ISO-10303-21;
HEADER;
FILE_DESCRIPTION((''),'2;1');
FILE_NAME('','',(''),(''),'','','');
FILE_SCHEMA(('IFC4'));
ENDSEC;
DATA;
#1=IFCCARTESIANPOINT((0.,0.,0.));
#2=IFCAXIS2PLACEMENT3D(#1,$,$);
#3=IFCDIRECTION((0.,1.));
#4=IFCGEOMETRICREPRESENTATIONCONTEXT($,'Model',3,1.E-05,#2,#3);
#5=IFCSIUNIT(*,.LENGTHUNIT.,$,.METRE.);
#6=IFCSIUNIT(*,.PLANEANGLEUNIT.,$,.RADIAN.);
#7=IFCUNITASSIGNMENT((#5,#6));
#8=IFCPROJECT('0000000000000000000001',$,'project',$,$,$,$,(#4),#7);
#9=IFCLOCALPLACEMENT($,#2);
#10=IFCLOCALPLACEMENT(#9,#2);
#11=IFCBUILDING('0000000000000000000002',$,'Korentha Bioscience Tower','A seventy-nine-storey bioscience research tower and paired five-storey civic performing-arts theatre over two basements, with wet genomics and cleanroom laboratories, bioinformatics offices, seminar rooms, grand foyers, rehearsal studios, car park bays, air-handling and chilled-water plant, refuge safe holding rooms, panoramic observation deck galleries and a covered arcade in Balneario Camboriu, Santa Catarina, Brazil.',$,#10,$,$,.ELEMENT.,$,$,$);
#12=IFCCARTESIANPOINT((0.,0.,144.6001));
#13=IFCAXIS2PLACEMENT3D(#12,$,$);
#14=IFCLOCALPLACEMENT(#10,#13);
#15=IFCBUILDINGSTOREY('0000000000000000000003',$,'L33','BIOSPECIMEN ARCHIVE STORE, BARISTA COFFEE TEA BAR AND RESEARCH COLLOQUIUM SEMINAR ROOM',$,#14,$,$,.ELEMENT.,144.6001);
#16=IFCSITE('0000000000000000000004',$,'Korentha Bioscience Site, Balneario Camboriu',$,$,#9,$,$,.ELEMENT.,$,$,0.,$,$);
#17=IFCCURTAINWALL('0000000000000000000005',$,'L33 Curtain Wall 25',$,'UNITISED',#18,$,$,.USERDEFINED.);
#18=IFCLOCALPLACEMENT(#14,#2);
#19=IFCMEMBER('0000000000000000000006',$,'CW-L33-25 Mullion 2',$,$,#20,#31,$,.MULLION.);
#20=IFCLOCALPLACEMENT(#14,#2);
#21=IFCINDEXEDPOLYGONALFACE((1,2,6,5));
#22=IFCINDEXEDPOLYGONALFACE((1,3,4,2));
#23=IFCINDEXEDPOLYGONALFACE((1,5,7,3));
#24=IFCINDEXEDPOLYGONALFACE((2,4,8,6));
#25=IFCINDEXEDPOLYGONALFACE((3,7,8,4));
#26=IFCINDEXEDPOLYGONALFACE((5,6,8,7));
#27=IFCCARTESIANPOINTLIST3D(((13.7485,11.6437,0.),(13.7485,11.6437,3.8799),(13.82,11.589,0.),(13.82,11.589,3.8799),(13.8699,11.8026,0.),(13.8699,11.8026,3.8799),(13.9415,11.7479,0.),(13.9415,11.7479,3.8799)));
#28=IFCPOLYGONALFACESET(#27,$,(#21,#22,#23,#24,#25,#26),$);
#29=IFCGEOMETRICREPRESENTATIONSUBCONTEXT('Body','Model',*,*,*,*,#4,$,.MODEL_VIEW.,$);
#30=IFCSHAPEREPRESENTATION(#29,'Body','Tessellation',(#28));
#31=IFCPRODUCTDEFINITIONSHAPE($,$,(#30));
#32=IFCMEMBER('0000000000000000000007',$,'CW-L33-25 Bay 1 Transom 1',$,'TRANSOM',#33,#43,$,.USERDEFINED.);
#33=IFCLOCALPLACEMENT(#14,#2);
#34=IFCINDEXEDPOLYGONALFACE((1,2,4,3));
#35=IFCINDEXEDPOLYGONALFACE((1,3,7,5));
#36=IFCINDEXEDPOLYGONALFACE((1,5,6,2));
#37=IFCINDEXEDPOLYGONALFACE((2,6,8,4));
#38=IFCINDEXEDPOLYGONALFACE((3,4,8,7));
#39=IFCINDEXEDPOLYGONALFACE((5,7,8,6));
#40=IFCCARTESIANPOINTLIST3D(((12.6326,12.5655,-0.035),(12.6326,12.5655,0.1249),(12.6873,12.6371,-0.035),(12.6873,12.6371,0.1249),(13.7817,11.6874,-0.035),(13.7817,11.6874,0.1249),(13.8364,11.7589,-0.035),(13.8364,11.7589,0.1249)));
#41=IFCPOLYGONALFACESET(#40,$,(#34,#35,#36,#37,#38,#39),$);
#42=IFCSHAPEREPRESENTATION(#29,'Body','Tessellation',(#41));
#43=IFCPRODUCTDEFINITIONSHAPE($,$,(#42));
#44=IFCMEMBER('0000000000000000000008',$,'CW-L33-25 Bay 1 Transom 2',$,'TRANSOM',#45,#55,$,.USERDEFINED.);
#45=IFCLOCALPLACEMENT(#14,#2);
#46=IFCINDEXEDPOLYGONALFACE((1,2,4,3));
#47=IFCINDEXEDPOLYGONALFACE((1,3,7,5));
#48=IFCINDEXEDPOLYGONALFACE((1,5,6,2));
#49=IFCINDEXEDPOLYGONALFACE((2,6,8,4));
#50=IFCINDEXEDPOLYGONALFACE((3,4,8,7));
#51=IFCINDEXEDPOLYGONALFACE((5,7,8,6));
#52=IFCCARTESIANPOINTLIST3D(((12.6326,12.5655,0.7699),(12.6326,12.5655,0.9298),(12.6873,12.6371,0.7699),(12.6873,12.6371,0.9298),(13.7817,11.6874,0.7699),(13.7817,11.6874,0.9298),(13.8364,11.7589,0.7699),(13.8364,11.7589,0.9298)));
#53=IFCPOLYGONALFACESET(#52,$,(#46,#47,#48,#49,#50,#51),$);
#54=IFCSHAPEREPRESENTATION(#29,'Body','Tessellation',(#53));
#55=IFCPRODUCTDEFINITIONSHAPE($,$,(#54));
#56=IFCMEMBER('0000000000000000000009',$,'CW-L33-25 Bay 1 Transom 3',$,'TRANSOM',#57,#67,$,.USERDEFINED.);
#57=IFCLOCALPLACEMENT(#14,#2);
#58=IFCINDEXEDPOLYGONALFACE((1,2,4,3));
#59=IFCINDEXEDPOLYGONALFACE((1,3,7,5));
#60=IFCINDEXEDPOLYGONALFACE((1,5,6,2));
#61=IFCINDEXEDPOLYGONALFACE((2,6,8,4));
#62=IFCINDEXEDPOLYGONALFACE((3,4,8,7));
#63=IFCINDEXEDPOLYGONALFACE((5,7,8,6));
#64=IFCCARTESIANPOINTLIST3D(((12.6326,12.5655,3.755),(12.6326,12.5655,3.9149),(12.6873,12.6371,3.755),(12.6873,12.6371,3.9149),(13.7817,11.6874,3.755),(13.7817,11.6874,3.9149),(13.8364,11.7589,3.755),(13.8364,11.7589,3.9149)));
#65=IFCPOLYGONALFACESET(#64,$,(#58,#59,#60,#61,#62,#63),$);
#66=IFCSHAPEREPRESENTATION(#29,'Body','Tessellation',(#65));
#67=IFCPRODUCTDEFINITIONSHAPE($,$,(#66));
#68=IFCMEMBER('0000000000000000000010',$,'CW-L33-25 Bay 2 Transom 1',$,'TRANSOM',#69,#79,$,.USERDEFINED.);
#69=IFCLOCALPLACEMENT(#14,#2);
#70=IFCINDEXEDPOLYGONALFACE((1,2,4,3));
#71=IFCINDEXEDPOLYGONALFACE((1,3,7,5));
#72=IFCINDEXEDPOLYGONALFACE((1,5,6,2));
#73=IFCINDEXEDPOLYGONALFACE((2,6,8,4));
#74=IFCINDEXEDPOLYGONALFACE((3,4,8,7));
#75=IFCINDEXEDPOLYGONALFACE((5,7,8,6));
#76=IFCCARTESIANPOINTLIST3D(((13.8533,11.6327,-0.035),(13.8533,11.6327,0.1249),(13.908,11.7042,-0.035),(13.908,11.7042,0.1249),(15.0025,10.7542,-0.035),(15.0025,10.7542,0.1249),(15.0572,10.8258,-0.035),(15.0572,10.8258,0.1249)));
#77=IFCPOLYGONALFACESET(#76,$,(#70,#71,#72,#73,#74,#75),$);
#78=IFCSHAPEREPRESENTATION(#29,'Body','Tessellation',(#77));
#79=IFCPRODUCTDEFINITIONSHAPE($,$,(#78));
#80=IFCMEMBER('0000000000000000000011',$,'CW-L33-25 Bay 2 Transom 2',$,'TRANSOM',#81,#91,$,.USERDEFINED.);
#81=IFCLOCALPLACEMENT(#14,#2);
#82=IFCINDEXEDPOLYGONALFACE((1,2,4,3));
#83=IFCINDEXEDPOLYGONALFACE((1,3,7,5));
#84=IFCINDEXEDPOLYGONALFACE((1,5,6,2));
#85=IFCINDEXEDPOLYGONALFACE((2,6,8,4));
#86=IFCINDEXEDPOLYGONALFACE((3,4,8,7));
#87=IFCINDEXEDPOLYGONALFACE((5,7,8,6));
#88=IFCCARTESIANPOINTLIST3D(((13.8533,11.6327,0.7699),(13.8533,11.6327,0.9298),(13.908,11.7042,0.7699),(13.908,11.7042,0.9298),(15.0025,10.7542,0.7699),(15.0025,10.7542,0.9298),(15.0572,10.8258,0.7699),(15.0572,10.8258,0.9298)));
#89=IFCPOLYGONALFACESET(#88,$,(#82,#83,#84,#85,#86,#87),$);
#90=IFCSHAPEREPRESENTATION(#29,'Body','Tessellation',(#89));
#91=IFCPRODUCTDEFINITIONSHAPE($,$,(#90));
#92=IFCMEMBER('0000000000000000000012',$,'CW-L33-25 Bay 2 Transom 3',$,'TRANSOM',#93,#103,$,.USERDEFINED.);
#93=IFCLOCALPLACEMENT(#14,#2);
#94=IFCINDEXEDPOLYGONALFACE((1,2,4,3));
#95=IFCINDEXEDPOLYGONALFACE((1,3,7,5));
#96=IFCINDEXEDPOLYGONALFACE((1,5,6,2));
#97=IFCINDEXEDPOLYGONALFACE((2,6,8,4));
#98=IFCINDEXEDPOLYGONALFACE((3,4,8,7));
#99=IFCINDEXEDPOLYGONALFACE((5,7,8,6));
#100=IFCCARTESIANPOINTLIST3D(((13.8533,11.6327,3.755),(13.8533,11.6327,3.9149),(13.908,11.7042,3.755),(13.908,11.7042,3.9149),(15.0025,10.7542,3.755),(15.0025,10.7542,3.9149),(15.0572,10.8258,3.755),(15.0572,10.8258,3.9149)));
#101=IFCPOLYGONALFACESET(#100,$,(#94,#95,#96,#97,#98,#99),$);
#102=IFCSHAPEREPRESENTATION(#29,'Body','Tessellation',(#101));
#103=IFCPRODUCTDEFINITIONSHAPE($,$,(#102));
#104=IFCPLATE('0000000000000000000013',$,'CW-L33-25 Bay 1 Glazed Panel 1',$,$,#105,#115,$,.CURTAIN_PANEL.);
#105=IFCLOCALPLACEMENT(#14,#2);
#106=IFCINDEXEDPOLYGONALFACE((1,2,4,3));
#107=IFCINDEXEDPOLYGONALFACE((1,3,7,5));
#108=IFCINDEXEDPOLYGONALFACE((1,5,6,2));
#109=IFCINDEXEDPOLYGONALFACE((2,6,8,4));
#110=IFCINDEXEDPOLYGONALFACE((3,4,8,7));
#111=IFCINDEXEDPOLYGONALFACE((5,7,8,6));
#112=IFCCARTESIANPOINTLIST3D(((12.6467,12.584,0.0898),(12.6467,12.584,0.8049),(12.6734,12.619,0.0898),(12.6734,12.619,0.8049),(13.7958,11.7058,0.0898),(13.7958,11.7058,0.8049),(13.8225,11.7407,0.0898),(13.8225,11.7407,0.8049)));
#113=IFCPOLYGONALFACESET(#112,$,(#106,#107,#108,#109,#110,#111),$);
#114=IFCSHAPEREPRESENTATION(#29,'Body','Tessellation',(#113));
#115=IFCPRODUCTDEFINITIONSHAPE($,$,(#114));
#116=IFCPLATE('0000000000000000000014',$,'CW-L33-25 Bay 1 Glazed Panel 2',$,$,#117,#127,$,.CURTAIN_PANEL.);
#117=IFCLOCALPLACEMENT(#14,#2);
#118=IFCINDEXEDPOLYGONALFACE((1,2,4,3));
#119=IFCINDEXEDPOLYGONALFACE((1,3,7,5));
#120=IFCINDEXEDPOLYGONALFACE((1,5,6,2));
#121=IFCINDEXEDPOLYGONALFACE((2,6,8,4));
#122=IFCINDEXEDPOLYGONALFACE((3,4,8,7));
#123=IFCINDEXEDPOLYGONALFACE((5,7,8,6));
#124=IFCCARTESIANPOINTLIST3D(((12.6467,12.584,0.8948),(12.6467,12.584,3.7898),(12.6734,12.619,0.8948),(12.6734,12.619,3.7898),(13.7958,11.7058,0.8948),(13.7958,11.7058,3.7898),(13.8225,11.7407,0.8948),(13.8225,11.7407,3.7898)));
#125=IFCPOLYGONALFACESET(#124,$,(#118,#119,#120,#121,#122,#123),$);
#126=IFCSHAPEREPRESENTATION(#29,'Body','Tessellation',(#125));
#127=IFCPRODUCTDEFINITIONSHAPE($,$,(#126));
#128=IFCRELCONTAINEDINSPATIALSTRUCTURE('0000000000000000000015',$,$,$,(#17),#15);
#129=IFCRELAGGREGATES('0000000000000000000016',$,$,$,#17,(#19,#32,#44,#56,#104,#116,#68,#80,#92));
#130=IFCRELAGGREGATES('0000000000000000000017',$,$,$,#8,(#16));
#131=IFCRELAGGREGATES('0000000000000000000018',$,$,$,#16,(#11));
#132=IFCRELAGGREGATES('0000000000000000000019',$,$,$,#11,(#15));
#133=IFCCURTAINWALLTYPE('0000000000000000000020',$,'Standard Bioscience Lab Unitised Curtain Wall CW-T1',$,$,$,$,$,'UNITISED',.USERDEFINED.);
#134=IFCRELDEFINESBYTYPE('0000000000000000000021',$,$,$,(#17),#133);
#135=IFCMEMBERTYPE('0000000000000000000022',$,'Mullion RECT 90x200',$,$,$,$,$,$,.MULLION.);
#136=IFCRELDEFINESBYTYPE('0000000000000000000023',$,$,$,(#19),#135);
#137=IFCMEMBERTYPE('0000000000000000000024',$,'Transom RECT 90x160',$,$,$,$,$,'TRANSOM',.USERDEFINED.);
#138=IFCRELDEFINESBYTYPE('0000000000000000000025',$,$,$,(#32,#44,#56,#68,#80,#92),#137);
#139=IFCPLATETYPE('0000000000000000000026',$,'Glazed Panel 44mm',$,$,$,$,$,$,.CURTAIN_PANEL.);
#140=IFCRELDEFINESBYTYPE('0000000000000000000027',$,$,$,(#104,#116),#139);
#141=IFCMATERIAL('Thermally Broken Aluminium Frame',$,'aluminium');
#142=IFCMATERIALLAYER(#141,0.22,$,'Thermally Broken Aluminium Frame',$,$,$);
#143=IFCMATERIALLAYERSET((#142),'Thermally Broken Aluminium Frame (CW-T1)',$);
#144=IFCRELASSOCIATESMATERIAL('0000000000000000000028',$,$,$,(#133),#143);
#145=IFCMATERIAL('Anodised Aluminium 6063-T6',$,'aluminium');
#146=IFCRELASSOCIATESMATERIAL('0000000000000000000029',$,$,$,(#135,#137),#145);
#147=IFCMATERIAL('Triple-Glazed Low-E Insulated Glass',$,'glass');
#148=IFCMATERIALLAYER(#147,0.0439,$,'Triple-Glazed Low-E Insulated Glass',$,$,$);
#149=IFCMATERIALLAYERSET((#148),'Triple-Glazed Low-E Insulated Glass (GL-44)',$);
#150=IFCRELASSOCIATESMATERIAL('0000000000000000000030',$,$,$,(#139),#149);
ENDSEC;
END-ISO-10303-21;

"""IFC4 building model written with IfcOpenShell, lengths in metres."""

from ifc_helpers import new_model, si_unit, direction, frame, origin, origin_2d, place, context, subcontext, project, spatial, rectangle, extrude, material, layer, layer_set, material_profile, profile_set, type_object, element, aggregate, save


model = new_model("IFC4")

# Units and contexts
model_context = context("Model", 3, precision=1e-05, world=origin(), true_north=direction((0.0, 1.0)))
body_context = subcontext(model_context, "Body", "Model", "MODEL_VIEW")
ifc_project = project(units=[si_unit("LENGTHUNIT", "METRE"), si_unit("PLANEANGLEUNIT", "RADIAN")], contexts=[model_context])

# Site, building, storey
site_placement = place(None, origin())
site = spatial("IfcSite", under=ifc_project, at=site_placement, Name="Korentha Bioscience Site, Balneario Camboriu", CompositionType="ELEMENT", RefElevation=0.0)
building_placement = place(site_placement, origin())
building = spatial("IfcBuilding", under=site, at=building_placement, Name="Korentha Bioscience Tower", Description="A seventy-nine-storey bioscience research tower and paired five-storey civic performing-arts theatre over two basements, with wet genomics and cleanroom laboratories, bioinformatics offices, seminar rooms, grand foyers, rehearsal studios, car park bays, air-handling and chilled-water plant, refuge safe holding rooms, panoramic observation deck galleries and a covered arcade in Balneario Camboriu, Santa Catarina, Brazil.", CompositionType="ELEMENT")
storey_placement = place(building_placement, frame((0.0, 0.0, 144.6001)))
storey = spatial("IfcBuildingStorey", under=building, at=storey_placement, Name="L33", Description="BIOSPECIMEN ARCHIVE STORE, BARISTA COFFEE TEA BAR AND RESEARCH COLLOQUIUM SEMINAR ROOM", CompositionType="ELEMENT", Elevation=144.6001)

# Curtain wall, members, plates
ifc_material_1 = material(Name="Thermally Broken Aluminium Frame", Category="aluminium")
ifc_layer_1 = layer(ifc_material_1, 0.22, Name="Thermally Broken Aluminium Frame")
ifc_layer_set_1 = layer_set([ifc_layer_1], Name="Thermally Broken Aluminium Frame (CW-T1)")
curtain_wall_type = type_object("IfcCurtainWallType", Name="Standard Bioscience Lab Unitised Curtain Wall CW-T1", ElementType="UNITISED", PredefinedType="USERDEFINED", material=ifc_layer_set_1)
curtain_wall_placement = place(storey_placement, origin())
curtain_wall = element("IfcCurtainWall", 1, at=curtain_wall_placement, inside=storey, type_object=curtain_wall_type, Name="L33 Curtain Wall 25", ObjectType="UNITISED", PredefinedType="USERDEFINED")
ifc_material_2 = material(Name="Anodised Aluminium 6063-T6", Category="aluminium")
ifc_material_profile_1 = material_profile(ifc_material_2, rectangle(XDim=0.0901, YDim=0.2, at=origin_2d()), Name="Anodised Aluminium 6063-T6")
ifc_profile_set_1 = profile_set([ifc_material_profile_1], Name="Anodised Aluminium 6063-T6 (CW-MUL)")
member_type_1 = type_object("IfcMemberType", Name="Mullion RECT 90x200", PredefinedType="MULLION", material=ifc_profile_set_1)
member_1_placement = place(storey_placement, frame((13.845, 11.6958, 0.0), z_axis=(0.0, 0.0, 1.0), x_axis=(0.7945, -0.607265, 0.0)))
member_1 = element("IfcMember", 2, at=member_1_placement, type_object=member_type_1, Name="CW-L33-25 Mullion 2", PredefinedType="MULLION", context=body_context, shape_type="SweptSolid", body=[
    extrude(rectangle(XDim=0.0901, YDim=0.2, at=origin_2d()), origin(), (0.0, 0.0, 1.0), 3.8799),
])
ifc_material_profile_2 = material_profile(ifc_material_2, rectangle(XDim=0.0901, YDim=0.1599, at=origin_2d()), Name="Anodised Aluminium 6063-T6")
ifc_profile_set_2 = profile_set([ifc_material_profile_2], Name="Anodised Aluminium 6063-T6 (CW-TRN)")
member_type_2 = type_object("IfcMemberType", Name="Transom RECT 90x160", ElementType="TRANSOM", PredefinedType="USERDEFINED", material=ifc_profile_set_2)
member_2_placement = place(storey_placement, frame((12.6599, 12.6013, 0.0449), z_axis=(0.794559, -0.607187, 0.0), x_axis=(0.607187, 0.794559, 0.0)))
member_2 = element("IfcMember", 3, at=member_2_placement, type_object=member_type_2, Name="CW-L33-25 Bay 1 Transom 1", ObjectType="TRANSOM", PredefinedType="USERDEFINED", context=body_context, shape_type="SweptSolid", body=[
    extrude(rectangle(XDim=0.0901, YDim=0.1599, at=origin_2d()), origin(), (0.0, 0.0, 1.0), 1.4463),
])
member_3_placement = place(storey_placement, frame((12.6599, 12.6013, 0.8499), z_axis=(0.794559, -0.607187, 0.0), x_axis=(0.607187, 0.794559, 0.0)))
member_3 = element("IfcMember", 4, at=member_3_placement, type_object=member_type_2, Name="CW-L33-25 Bay 1 Transom 2", ObjectType="TRANSOM", PredefinedType="USERDEFINED", context=body_context, shape_type="SweptSolid", body=[
    extrude(rectangle(XDim=0.0901, YDim=0.1599, at=origin_2d()), origin(), (0.0, 0.0, 1.0), 1.4463),
])
member_4_placement = place(storey_placement, frame((12.6599, 12.6013, 3.835), z_axis=(0.794559, -0.607187, 0.0), x_axis=(0.607187, 0.794559, 0.0)))
member_4 = element("IfcMember", 5, at=member_4_placement, type_object=member_type_2, Name="CW-L33-25 Bay 1 Transom 3", ObjectType="TRANSOM", PredefinedType="USERDEFINED", context=body_context, shape_type="SweptSolid", body=[
    extrude(rectangle(XDim=0.0901, YDim=0.1599, at=origin_2d()), origin(), (0.0, 0.0, 1.0), 1.4463),
])
member_5_placement = place(storey_placement, frame((13.8806, 11.6685, 0.0449), z_axis=(0.794478, -0.607293, 0.0), x_axis=(0.607293, 0.794478, 0.0)))
member_5 = element("IfcMember", 6, at=member_5_placement, type_object=member_type_2, Name="CW-L33-25 Bay 2 Transom 1", ObjectType="TRANSOM", PredefinedType="USERDEFINED", context=body_context, shape_type="SweptSolid", body=[
    extrude(rectangle(XDim=0.0901, YDim=0.1599, at=origin_2d()), origin(), (0.0, 0.0, 1.0), 1.4465),
])
member_6_placement = place(storey_placement, frame((13.8806, 11.6685, 0.8499), z_axis=(0.794478, -0.607293, 0.0), x_axis=(0.607293, 0.794478, 0.0)))
member_6 = element("IfcMember", 7, at=member_6_placement, type_object=member_type_2, Name="CW-L33-25 Bay 2 Transom 2", ObjectType="TRANSOM", PredefinedType="USERDEFINED", context=body_context, shape_type="SweptSolid", body=[
    extrude(rectangle(XDim=0.0901, YDim=0.1599, at=origin_2d()), origin(), (0.0, 0.0, 1.0), 1.4465),
])
member_7_placement = place(storey_placement, frame((13.8806, 11.6685, 3.835), z_axis=(0.794478, -0.607293, 0.0), x_axis=(0.607293, 0.794478, 0.0)))
member_7 = element("IfcMember", 8, at=member_7_placement, type_object=member_type_2, Name="CW-L33-25 Bay 2 Transom 3", ObjectType="TRANSOM", PredefinedType="USERDEFINED", context=body_context, shape_type="SweptSolid", body=[
    extrude(rectangle(XDim=0.0901, YDim=0.1599, at=origin_2d()), origin(), (0.0, 0.0, 1.0), 1.4465),
])
ifc_material_3 = material(Name="Triple-Glazed Low-E Insulated Glass", Category="glass")
ifc_layer_2 = layer(ifc_material_3, 0.0439, Name="Triple-Glazed Low-E Insulated Glass")
ifc_layer_set_2 = layer_set([ifc_layer_2], Name="Triple-Glazed Low-E Insulated Glass (GL-44)")
plate_type = type_object("IfcPlateType", Name="Glazed Panel 44mm", PredefinedType="CURTAIN_PANEL", material=ifc_layer_set_2)
plate_1_placement = place(storey_placement, frame((13.2346, 12.1624, 0.0898), z_axis=(0.0, 0.0, 1.0), x_axis=(0.7945, -0.607265, 0.0)))
plate_1 = element("IfcPlate", 9, at=plate_1_placement, type_object=plate_type, Name="CW-L33-25 Bay 1 Glazed Panel 1", PredefinedType="CURTAIN_PANEL", context=body_context, shape_type="SweptSolid", body=[
    extrude(rectangle(XDim=1.4463, YDim=0.0439, at=origin_2d()), origin(), (0.0, 0.0, 1.0), 0.7151),
])
plate_2_placement = place(storey_placement, frame((13.2346, 12.1624, 0.8948), z_axis=(0.0, 0.0, 1.0), x_axis=(0.7945, -0.607265, 0.0)))
plate_2 = element("IfcPlate", 10, at=plate_2_placement, type_object=plate_type, Name="CW-L33-25 Bay 1 Glazed Panel 2", PredefinedType="CURTAIN_PANEL", context=body_context, shape_type="SweptSolid", body=[
    extrude(rectangle(XDim=1.4463, YDim=0.0439, at=origin_2d()), origin(), (0.0, 0.0, 1.0), 2.895),
])
aggregate(curtain_wall, [member_1, member_2, member_3, member_4, plate_1, plate_2, member_5, member_6, member_7])

save(model, "model.ifc")
